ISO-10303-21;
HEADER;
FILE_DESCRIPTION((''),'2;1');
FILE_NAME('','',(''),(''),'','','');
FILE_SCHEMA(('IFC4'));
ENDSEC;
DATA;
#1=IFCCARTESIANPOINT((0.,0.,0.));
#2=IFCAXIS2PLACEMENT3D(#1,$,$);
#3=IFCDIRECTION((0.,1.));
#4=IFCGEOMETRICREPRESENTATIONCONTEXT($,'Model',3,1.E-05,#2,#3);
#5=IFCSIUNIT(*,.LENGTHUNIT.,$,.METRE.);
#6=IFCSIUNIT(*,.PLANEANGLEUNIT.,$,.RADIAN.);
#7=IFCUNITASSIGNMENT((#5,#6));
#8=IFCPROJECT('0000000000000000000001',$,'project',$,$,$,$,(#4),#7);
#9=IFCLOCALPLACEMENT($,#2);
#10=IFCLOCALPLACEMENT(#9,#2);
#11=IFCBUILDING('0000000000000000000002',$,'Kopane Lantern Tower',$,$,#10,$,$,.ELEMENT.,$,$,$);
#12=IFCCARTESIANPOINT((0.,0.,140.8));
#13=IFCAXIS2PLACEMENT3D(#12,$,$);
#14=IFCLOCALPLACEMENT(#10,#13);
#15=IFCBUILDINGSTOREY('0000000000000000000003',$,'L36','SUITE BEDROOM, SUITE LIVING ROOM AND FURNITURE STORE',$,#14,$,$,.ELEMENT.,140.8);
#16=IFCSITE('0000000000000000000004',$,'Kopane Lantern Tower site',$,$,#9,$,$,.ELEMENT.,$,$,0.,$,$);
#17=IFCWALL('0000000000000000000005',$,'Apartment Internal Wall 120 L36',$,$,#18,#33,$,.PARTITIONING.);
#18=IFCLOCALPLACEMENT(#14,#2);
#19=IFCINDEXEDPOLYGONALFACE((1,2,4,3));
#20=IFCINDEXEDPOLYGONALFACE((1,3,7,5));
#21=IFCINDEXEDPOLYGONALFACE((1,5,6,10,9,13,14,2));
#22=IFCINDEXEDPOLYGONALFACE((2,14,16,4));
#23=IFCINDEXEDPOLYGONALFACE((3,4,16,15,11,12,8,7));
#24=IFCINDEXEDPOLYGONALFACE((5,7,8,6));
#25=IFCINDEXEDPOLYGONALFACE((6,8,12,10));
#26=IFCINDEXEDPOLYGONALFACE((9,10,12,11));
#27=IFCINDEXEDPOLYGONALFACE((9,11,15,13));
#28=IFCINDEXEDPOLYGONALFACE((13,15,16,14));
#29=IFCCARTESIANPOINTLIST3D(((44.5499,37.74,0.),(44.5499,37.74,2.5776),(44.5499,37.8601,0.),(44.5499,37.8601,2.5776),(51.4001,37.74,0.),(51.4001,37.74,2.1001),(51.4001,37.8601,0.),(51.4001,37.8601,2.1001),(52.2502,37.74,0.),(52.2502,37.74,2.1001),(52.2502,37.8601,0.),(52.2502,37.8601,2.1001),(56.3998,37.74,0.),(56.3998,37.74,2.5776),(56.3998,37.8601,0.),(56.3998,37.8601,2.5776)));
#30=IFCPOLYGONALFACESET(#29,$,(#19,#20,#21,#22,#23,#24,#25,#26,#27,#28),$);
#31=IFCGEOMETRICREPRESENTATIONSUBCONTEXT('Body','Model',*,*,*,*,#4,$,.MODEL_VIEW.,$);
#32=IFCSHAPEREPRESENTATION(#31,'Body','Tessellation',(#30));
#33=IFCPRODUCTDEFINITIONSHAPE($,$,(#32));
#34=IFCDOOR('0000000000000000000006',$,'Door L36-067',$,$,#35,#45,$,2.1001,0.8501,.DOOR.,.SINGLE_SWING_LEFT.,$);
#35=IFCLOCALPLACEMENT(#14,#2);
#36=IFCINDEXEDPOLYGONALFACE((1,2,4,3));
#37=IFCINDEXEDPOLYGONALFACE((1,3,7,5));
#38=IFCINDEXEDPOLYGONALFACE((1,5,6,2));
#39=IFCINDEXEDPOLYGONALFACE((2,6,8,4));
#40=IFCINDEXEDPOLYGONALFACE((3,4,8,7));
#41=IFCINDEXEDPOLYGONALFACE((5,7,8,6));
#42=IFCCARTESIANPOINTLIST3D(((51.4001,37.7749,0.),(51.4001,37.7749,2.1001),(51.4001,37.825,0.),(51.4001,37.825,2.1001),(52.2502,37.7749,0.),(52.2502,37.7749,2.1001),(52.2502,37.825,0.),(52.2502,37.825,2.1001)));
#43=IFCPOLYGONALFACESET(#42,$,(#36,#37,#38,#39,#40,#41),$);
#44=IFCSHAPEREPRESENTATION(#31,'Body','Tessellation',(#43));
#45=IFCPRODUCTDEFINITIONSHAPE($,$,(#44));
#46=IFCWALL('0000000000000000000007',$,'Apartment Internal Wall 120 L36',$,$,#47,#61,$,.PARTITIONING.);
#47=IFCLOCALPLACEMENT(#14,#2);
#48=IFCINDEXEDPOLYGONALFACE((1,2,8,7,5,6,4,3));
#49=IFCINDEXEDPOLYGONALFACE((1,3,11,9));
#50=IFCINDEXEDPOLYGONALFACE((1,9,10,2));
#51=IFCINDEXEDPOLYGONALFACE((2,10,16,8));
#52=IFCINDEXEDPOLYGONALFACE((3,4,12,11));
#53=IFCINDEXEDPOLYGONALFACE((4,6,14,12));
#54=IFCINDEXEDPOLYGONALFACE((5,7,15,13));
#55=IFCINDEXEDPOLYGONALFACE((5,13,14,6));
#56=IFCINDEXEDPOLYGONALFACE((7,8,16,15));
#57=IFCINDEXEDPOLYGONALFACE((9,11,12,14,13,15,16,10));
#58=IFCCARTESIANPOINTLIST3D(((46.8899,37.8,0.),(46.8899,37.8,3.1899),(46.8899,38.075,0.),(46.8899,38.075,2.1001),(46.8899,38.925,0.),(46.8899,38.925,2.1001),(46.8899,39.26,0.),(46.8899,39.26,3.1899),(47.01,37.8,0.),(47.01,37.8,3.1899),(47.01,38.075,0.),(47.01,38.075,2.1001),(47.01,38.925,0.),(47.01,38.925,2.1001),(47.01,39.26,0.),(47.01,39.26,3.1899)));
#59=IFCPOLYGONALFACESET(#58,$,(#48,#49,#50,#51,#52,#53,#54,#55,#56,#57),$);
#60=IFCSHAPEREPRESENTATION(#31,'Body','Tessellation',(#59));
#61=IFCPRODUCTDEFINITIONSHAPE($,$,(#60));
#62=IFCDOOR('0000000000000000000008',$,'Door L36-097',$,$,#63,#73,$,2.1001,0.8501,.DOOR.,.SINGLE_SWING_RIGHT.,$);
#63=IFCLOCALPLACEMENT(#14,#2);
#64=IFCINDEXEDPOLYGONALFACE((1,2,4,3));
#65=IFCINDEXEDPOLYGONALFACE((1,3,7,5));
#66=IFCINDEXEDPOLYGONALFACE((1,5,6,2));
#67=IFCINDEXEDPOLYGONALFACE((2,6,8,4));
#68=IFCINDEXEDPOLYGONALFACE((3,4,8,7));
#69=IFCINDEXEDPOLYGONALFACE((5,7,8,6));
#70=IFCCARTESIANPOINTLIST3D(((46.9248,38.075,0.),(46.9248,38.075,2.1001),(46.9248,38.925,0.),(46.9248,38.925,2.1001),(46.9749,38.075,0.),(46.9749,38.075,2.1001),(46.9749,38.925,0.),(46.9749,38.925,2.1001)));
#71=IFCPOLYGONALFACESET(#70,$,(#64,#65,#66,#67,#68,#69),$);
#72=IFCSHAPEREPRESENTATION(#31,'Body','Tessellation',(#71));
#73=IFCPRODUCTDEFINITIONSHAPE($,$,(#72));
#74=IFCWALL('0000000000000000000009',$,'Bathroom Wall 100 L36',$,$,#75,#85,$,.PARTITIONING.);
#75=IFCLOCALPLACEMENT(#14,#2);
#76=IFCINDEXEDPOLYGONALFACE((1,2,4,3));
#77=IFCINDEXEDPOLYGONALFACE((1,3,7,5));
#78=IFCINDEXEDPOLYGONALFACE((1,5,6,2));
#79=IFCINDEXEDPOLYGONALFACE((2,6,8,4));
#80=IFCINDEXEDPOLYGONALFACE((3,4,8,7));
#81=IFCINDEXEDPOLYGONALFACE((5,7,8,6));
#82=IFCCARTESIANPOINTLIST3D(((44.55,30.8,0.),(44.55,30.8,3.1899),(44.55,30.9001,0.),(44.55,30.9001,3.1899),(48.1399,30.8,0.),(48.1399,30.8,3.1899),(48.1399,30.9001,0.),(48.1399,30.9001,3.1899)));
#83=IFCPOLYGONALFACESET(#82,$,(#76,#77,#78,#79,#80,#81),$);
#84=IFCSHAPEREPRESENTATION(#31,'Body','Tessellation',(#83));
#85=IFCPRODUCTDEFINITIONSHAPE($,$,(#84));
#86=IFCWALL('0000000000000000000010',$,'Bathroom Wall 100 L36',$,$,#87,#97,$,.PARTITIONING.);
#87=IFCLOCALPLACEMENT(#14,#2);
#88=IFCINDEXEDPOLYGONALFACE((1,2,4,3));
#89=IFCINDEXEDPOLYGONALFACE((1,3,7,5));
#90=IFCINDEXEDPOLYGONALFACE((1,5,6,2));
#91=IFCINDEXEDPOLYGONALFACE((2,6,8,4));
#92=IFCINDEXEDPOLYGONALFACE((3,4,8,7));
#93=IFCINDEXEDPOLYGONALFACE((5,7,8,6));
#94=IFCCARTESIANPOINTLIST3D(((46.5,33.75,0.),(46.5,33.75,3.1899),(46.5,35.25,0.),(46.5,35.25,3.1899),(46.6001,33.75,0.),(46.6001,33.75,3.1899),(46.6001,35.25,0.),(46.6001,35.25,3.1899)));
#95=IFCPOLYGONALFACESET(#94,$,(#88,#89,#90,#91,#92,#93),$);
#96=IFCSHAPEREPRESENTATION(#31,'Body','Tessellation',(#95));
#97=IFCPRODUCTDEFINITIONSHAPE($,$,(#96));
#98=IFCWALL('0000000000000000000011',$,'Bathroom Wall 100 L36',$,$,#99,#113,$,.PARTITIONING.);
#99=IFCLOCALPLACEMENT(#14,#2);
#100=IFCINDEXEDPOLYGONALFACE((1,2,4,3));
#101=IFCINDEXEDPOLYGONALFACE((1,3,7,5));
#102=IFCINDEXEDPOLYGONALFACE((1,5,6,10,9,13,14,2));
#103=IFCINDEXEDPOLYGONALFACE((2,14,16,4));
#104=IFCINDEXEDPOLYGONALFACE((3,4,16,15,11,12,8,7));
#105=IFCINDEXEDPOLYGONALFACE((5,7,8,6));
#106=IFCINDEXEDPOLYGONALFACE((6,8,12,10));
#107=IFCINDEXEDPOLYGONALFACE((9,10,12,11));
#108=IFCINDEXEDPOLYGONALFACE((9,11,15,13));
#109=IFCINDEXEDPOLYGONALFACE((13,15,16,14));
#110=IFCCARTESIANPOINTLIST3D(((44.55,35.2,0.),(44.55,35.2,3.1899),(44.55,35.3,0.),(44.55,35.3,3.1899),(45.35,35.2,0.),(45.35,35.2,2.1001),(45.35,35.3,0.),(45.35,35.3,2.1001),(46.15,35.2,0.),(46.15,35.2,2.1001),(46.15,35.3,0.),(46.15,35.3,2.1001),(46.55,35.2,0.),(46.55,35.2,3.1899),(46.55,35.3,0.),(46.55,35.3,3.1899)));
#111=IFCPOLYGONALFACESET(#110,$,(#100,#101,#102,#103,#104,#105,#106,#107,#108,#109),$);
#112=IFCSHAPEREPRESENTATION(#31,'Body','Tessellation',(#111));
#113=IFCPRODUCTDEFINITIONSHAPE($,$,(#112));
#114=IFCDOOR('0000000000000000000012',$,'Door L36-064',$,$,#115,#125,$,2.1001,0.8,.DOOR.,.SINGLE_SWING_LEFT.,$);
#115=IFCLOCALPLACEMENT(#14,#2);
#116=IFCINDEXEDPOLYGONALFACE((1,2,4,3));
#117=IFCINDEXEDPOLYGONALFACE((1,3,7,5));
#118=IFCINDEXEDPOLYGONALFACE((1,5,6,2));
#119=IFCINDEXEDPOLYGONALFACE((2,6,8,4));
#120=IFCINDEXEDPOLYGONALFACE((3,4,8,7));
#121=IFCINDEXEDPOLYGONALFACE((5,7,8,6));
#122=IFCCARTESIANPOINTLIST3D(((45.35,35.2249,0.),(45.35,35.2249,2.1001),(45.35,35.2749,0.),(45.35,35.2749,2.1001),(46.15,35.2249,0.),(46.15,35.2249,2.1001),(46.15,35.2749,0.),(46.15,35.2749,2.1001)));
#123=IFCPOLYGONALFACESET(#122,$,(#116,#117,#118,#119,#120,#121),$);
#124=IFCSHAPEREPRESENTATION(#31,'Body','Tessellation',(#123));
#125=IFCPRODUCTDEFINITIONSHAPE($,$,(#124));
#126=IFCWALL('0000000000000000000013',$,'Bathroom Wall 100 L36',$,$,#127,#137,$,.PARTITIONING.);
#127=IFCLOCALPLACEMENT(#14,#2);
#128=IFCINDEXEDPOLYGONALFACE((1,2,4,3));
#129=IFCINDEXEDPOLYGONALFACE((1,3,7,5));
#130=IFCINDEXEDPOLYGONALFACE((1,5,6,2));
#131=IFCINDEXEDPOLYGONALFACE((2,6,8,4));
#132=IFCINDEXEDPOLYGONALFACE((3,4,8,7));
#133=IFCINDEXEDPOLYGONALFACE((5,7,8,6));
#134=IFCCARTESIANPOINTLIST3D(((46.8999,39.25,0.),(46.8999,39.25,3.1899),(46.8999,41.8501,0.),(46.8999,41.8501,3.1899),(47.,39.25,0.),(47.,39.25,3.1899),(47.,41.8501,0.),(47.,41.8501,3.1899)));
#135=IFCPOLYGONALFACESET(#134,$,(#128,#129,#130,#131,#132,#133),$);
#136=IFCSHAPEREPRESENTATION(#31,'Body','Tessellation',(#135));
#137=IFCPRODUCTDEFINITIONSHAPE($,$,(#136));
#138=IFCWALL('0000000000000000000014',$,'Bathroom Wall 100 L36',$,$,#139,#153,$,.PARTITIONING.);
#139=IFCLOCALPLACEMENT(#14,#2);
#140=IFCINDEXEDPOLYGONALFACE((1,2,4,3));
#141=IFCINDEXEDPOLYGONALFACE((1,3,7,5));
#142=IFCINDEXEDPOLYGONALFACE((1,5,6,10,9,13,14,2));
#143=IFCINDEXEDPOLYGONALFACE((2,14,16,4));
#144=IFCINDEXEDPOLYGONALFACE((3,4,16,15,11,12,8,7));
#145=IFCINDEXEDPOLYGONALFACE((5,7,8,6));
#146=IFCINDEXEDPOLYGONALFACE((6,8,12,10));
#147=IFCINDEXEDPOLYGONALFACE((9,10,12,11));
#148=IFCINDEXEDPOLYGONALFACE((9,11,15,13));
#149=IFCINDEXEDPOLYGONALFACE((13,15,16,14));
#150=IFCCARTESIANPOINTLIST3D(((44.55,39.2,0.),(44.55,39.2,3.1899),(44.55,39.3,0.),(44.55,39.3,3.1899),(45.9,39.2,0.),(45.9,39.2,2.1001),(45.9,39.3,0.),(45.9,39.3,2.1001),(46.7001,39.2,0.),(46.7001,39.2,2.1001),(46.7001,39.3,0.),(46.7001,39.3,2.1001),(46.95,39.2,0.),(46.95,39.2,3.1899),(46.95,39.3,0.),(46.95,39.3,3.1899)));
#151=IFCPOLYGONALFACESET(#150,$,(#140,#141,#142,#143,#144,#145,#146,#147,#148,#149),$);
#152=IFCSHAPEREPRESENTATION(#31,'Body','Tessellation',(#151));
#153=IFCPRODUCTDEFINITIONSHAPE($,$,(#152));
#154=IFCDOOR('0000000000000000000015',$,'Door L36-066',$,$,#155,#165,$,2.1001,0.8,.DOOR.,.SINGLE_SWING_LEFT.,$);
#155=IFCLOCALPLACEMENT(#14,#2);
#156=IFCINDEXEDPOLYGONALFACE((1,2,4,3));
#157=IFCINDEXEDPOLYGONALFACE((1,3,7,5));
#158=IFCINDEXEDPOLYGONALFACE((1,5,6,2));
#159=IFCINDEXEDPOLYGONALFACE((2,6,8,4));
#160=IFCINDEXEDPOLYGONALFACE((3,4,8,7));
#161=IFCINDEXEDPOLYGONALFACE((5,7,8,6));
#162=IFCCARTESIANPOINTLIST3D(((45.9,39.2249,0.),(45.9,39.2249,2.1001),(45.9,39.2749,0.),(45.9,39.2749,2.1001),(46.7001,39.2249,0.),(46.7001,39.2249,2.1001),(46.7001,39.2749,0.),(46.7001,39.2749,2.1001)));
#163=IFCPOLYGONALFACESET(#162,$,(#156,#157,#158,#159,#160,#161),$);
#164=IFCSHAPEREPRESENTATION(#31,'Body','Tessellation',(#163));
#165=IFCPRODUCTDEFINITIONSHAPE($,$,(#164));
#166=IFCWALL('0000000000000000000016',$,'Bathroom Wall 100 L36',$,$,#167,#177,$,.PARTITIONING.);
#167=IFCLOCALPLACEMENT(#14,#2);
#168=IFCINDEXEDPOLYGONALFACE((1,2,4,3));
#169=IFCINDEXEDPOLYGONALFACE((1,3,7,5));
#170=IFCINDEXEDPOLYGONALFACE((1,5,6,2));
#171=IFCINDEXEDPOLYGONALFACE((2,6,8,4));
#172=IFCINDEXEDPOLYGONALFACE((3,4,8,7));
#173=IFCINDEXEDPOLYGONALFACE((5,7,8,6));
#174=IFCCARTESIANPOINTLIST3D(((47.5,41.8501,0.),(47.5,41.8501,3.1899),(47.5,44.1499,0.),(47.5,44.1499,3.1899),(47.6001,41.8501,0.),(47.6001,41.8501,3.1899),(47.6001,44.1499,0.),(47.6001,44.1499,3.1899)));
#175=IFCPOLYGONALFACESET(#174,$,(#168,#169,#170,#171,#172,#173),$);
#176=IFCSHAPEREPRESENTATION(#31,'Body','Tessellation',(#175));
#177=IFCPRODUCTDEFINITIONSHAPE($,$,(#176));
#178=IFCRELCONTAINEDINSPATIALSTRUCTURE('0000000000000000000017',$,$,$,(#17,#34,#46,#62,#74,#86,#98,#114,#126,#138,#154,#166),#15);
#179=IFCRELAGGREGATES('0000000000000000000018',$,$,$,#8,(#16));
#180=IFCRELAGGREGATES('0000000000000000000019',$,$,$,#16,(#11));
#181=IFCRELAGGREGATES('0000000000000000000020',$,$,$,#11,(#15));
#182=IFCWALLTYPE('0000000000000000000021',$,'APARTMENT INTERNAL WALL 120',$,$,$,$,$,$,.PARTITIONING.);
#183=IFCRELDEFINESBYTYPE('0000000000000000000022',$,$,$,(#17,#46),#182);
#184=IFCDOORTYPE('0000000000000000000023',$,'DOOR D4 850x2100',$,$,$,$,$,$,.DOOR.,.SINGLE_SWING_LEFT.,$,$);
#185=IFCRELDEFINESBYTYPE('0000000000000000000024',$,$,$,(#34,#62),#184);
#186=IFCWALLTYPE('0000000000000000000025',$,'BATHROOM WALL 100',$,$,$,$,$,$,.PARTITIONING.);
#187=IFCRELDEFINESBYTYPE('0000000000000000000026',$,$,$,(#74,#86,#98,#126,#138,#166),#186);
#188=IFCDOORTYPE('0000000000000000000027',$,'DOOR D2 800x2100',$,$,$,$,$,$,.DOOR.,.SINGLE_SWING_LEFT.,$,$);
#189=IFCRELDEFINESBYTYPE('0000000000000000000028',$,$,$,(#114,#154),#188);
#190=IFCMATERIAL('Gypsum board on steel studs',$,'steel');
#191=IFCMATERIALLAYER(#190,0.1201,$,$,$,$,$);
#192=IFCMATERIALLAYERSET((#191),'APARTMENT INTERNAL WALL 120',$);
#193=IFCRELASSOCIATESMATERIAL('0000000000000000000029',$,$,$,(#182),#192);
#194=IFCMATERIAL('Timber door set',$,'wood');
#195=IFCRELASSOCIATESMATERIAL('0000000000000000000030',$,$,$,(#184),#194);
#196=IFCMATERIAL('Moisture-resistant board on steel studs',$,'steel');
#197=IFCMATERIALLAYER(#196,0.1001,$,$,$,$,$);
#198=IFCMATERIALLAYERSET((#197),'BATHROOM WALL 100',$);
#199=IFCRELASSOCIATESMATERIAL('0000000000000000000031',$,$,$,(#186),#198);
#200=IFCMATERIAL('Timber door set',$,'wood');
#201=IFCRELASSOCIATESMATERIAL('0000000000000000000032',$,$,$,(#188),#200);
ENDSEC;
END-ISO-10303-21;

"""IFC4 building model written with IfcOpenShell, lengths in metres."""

from ifc_helpers import new_model, si_unit, direction, frame, frame_2d, origin, place, context, subcontext, project, spatial, rectangle, extrude, material, layer, layer_set, type_object, element, fill, save


model = new_model("IFC4")

# Units and contexts
model_context = context("Model", 3, precision=1e-05, world=origin(), true_north=direction((0.0, 1.0)))
body_context = subcontext(model_context, "Body", "Model", "MODEL_VIEW")
ifc_project = project(units=[si_unit("LENGTHUNIT", "METRE"), si_unit("PLANEANGLEUNIT", "RADIAN")], contexts=[model_context])

# Site, building, storey
site_placement = place(None, origin())
site = spatial("IfcSite", under=ifc_project, at=site_placement, Name="Kopane Lantern Tower site", CompositionType="ELEMENT", RefElevation=0.0)
building_placement = place(site_placement, origin())
building = spatial("IfcBuilding", under=site, at=building_placement, Name="Kopane Lantern Tower", CompositionType="ELEMENT")
storey_placement = place(building_placement, frame((0.0, 0.0, 140.8)))
storey = spatial("IfcBuildingStorey", under=building, at=storey_placement, Name="L36", Description="SUITE BEDROOM, SUITE LIVING ROOM AND FURNITURE STORE", CompositionType="ELEMENT", Elevation=140.8)

# Walls, openings, doors
ifc_material_1 = material(Name="Gypsum board on steel studs", Category="steel")
ifc_layer_1 = layer(ifc_material_1, 0.1201)
ifc_layer_set_1 = layer_set([ifc_layer_1], Name="APARTMENT INTERNAL WALL 120")
wall_type_1 = type_object("IfcWallType", Name="APARTMENT INTERNAL WALL 120", PredefinedType="PARTITIONING", material=ifc_layer_set_1)
wall_1_placement = place(storey_placement, frame((44.55, 37.8, 0.0), z_axis=(0.0, 0.0, 1.0), x_axis=(1.0, 0.0, 0.0)))
wall_1 = element("IfcWall", 1, at=wall_1_placement, inside=storey, type_object=wall_type_1, Name="Apartment Internal Wall 120 L36", PredefinedType="PARTITIONING", context=body_context, shape_type="SweptSolid", body=[
    extrude(rectangle(XDim=11.8499, YDim=0.1201, at=frame_2d((5.9248, 0.0))), origin(), (0.0, 0.0, 1.0), 2.5776),
])
opening_1_placement = place(wall_1_placement, frame((6.8501, 0.0, 0.0)))
opening_1 = element("IfcOpeningElement", 2, at=opening_1_placement, cuts=wall_1, PredefinedType="OPENING", context=body_context, shape_type="SweptSolid", body=[
    extrude(rectangle(XDim=0.8501, YDim=2.1001, at=frame_2d((0.425, 1.05))), frame((0.0, 0.0701, 0.0), z_axis=(0.0, -1.0, 0.0), x_axis=(1.0, 0.0, 0.0)), (0.0, 0.0, 1.0), 0.1401),
])
ifc_material_2 = material(Name="Timber door set", Category="wood")
door_type_1 = type_object("IfcDoorType", Name="DOOR D4 850x2100", OperationType="SINGLE_SWING_LEFT", PredefinedType="DOOR", material=ifc_material_2)
door_1_placement = place(opening_1_placement, origin())
door_1 = element("IfcDoor", 3, at=door_1_placement, inside=storey, type_object=door_type_1, Name="Door L36-067", OperationType="SINGLE_SWING_LEFT", OverallHeight=2.1001, OverallWidth=0.8501, PredefinedType="DOOR", context=body_context, shape_type="SweptSolid", body=[
    extrude(rectangle(XDim=0.8501, YDim=2.1001, at=frame_2d((0.425, 1.05))), frame((0.0, 0.0249, 0.0), z_axis=(0.0, -1.0, 0.0), x_axis=(1.0, 0.0, 0.0)), (0.0, 0.0, 1.0), 0.05),
])
fill(opening_1, door_1)
wall_2_placement = place(storey_placement, frame((46.95, 39.26, 0.0), z_axis=(0.0, 0.0, 1.0), x_axis=(0.0, -1.0, 0.0)))
wall_2 = element("IfcWall", 4, at=wall_2_placement, inside=storey, type_object=wall_type_1, Name="Apartment Internal Wall 120 L36", PredefinedType="PARTITIONING", context=body_context, shape_type="SweptSolid", body=[
    extrude(rectangle(XDim=1.46, YDim=0.1201, at=frame_2d((0.73, 0.0))), origin(), (0.0, 0.0, 1.0), 3.1899),
])
opening_2_placement = place(wall_2_placement, frame((0.335, 0.0, 0.0)))
opening_2 = element("IfcOpeningElement", 5, at=opening_2_placement, cuts=wall_2, PredefinedType="OPENING", context=body_context, shape_type="SweptSolid", body=[
    extrude(rectangle(XDim=0.8501, YDim=2.1001, at=frame_2d((0.425, 1.05))), frame((0.0, 0.0701, 0.0), z_axis=(0.0, -1.0, 0.0), x_axis=(1.0, 0.0, 0.0)), (0.0, 0.0, 1.0), 0.1401),
])
door_2_placement = place(opening_2_placement, origin())
door_2 = element("IfcDoor", 6, at=door_2_placement, inside=storey, type_object=door_type_1, Name="Door L36-097", OperationType="SINGLE_SWING_RIGHT", OverallHeight=2.1001, OverallWidth=0.8501, PredefinedType="DOOR", context=body_context, shape_type="SweptSolid", body=[
    extrude(rectangle(XDim=0.8501, YDim=2.1001, at=frame_2d((0.425, 1.05))), frame((0.0, 0.0249, 0.0), z_axis=(0.0, -1.0, 0.0), x_axis=(1.0, 0.0, 0.0)), (0.0, 0.0, 1.0), 0.05),
])
fill(opening_2, door_2)

# Walls
ifc_material_3 = material(Name="Moisture-resistant board on steel studs", Category="steel")
ifc_layer_2 = layer(ifc_material_3, 0.1001)
ifc_layer_set_2 = layer_set([ifc_layer_2], Name="BATHROOM WALL 100")
wall_type_2 = type_object("IfcWallType", Name="BATHROOM WALL 100", PredefinedType="PARTITIONING", material=ifc_layer_set_2)
wall_3_placement = place(storey_placement, frame((44.55, 30.8501, 0.0), z_axis=(0.0, 0.0, 1.0), x_axis=(1.0, 0.0, 0.0)))
element("IfcWall", 7, at=wall_3_placement, inside=storey, type_object=wall_type_2, Name="Bathroom Wall 100 L36", PredefinedType="PARTITIONING", context=body_context, shape_type="SweptSolid", body=[
    extrude(rectangle(XDim=3.5898, YDim=0.1001, at=frame_2d((1.7949, 0.0))), origin(), (0.0, 0.0, 1.0), 3.1899),
])
wall_4_placement = place(storey_placement, frame((46.55, 33.75, 0.0), z_axis=(0.0, 0.0, 1.0), x_axis=(0.0, 1.0, 0.0)))
element("IfcWall", 8, at=wall_4_placement, inside=storey, type_object=wall_type_2, Name="Bathroom Wall 100 L36", PredefinedType="PARTITIONING", context=body_context, shape_type="SweptSolid", body=[
    extrude(rectangle(XDim=1.5, YDim=0.1001, at=frame_2d((0.75, 0.0))), origin(), (0.0, 0.0, 1.0), 3.1899),
])

# Wall, opening, door
wall_5_placement = place(storey_placement, frame((44.55, 35.25, 0.0), z_axis=(0.0, 0.0, 1.0), x_axis=(1.0, 0.0, 0.0)))
wall_5 = element("IfcWall", 9, at=wall_5_placement, inside=storey, type_object=wall_type_2, Name="Bathroom Wall 100 L36", PredefinedType="PARTITIONING", context=body_context, shape_type="SweptSolid", body=[
    extrude(rectangle(XDim=2.0, YDim=0.1001, at=frame_2d((1.0, 0.0))), origin(), (0.0, 0.0, 1.0), 3.1899),
])
opening_3_placement = place(wall_5_placement, frame((0.8, 0.0, 0.0)))
opening_3 = element("IfcOpeningElement", 10, at=opening_3_placement, cuts=wall_5, PredefinedType="OPENING", context=body_context, shape_type="SweptSolid", body=[
    extrude(rectangle(XDim=0.8, YDim=2.1001, at=frame_2d((0.3999, 1.05))), frame((0.0, 0.0601, 0.0), z_axis=(0.0, -1.0, 0.0), x_axis=(1.0, 0.0, 0.0)), (0.0, 0.0, 1.0), 0.1201),
])
ifc_material_4 = material(Name="Timber door set", Category="wood")
door_type_2 = type_object("IfcDoorType", Name="DOOR D2 800x2100", OperationType="SINGLE_SWING_LEFT", PredefinedType="DOOR", material=ifc_material_4)
door_3_placement = place(opening_3_placement, origin())
door_3 = element("IfcDoor", 11, at=door_3_placement, inside=storey, type_object=door_type_2, Name="Door L36-064", OperationType="SINGLE_SWING_LEFT", OverallHeight=2.1001, OverallWidth=0.8, PredefinedType="DOOR", context=body_context, shape_type="SweptSolid", body=[
    extrude(rectangle(XDim=0.8, YDim=2.1001, at=frame_2d((0.3999, 1.05))), frame((0.0, 0.0249, 0.0), z_axis=(0.0, -1.0, 0.0), x_axis=(1.0, 0.0, 0.0)), (0.0, 0.0, 1.0), 0.05),
])
fill(opening_3, door_3)

# Wall
wall_6_placement = place(storey_placement, frame((46.95, 39.25, 0.0), z_axis=(0.0, 0.0, 1.0), x_axis=(0.0, 1.0, 0.0)))
element("IfcWall", 12, at=wall_6_placement, inside=storey, type_object=wall_type_2, Name="Bathroom Wall 100 L36", PredefinedType="PARTITIONING", context=body_context, shape_type="SweptSolid", body=[
    extrude(rectangle(XDim=2.6001, YDim=0.1001, at=frame_2d((1.3, 0.0))), origin(), (0.0, 0.0, 1.0), 3.1899),
])

# Wall, opening, door
wall_7_placement = place(storey_placement, frame((44.55, 39.25, 0.0), z_axis=(0.0, 0.0, 1.0), x_axis=(1.0, 0.0, 0.0)))
wall_7 = element("IfcWall", 13, at=wall_7_placement, inside=storey, type_object=wall_type_2, Name="Bathroom Wall 100 L36", PredefinedType="PARTITIONING", context=body_context, shape_type="SweptSolid", body=[
    extrude(rectangle(XDim=2.3999, YDim=0.1001, at=frame_2d((1.2, 0.0))), origin(), (0.0, 0.0, 1.0), 3.1899),
])
opening_4_placement = place(wall_7_placement, frame((1.3501, 0.0, 0.0)))
opening_4 = element("IfcOpeningElement", 14, at=opening_4_placement, cuts=wall_7, PredefinedType="OPENING", context=body_context, shape_type="SweptSolid", body=[
    extrude(rectangle(XDim=0.8, YDim=2.1001, at=frame_2d((0.3999, 1.05))), frame((0.0, 0.0601, 0.0), z_axis=(0.0, -1.0, 0.0), x_axis=(1.0, 0.0, 0.0)), (0.0, 0.0, 1.0), 0.1201),
])
door_4_placement = place(opening_4_placement, origin())
door_4 = element("IfcDoor", 15, at=door_4_placement, inside=storey, type_object=door_type_2, Name="Door L36-066", OperationType="SINGLE_SWING_LEFT", OverallHeight=2.1001, OverallWidth=0.8, PredefinedType="DOOR", context=body_context, shape_type="SweptSolid", body=[
    extrude(rectangle(XDim=0.8, YDim=2.1001, at=frame_2d((0.3999, 1.05))), frame((0.0, 0.0249, 0.0), z_axis=(0.0, -1.0, 0.0), x_axis=(1.0, 0.0, 0.0)), (0.0, 0.0, 1.0), 0.05),
])
fill(opening_4, door_4)

# Wall
wall_8_placement = place(storey_placement, frame((47.55, 41.8501, 0.0), z_axis=(0.0, 0.0, 1.0), x_axis=(0.0, 1.0, 0.0)))
element("IfcWall", 16, at=wall_8_placement, inside=storey, type_object=wall_type_2, Name="Bathroom Wall 100 L36", PredefinedType="PARTITIONING", context=body_context, shape_type="SweptSolid", body=[
    extrude(rectangle(XDim=2.2998, YDim=0.1001, at=frame_2d((1.1499, 0.0))), origin(), (0.0, 0.0, 1.0), 3.1899),
])

save(model, "model.ifc")
